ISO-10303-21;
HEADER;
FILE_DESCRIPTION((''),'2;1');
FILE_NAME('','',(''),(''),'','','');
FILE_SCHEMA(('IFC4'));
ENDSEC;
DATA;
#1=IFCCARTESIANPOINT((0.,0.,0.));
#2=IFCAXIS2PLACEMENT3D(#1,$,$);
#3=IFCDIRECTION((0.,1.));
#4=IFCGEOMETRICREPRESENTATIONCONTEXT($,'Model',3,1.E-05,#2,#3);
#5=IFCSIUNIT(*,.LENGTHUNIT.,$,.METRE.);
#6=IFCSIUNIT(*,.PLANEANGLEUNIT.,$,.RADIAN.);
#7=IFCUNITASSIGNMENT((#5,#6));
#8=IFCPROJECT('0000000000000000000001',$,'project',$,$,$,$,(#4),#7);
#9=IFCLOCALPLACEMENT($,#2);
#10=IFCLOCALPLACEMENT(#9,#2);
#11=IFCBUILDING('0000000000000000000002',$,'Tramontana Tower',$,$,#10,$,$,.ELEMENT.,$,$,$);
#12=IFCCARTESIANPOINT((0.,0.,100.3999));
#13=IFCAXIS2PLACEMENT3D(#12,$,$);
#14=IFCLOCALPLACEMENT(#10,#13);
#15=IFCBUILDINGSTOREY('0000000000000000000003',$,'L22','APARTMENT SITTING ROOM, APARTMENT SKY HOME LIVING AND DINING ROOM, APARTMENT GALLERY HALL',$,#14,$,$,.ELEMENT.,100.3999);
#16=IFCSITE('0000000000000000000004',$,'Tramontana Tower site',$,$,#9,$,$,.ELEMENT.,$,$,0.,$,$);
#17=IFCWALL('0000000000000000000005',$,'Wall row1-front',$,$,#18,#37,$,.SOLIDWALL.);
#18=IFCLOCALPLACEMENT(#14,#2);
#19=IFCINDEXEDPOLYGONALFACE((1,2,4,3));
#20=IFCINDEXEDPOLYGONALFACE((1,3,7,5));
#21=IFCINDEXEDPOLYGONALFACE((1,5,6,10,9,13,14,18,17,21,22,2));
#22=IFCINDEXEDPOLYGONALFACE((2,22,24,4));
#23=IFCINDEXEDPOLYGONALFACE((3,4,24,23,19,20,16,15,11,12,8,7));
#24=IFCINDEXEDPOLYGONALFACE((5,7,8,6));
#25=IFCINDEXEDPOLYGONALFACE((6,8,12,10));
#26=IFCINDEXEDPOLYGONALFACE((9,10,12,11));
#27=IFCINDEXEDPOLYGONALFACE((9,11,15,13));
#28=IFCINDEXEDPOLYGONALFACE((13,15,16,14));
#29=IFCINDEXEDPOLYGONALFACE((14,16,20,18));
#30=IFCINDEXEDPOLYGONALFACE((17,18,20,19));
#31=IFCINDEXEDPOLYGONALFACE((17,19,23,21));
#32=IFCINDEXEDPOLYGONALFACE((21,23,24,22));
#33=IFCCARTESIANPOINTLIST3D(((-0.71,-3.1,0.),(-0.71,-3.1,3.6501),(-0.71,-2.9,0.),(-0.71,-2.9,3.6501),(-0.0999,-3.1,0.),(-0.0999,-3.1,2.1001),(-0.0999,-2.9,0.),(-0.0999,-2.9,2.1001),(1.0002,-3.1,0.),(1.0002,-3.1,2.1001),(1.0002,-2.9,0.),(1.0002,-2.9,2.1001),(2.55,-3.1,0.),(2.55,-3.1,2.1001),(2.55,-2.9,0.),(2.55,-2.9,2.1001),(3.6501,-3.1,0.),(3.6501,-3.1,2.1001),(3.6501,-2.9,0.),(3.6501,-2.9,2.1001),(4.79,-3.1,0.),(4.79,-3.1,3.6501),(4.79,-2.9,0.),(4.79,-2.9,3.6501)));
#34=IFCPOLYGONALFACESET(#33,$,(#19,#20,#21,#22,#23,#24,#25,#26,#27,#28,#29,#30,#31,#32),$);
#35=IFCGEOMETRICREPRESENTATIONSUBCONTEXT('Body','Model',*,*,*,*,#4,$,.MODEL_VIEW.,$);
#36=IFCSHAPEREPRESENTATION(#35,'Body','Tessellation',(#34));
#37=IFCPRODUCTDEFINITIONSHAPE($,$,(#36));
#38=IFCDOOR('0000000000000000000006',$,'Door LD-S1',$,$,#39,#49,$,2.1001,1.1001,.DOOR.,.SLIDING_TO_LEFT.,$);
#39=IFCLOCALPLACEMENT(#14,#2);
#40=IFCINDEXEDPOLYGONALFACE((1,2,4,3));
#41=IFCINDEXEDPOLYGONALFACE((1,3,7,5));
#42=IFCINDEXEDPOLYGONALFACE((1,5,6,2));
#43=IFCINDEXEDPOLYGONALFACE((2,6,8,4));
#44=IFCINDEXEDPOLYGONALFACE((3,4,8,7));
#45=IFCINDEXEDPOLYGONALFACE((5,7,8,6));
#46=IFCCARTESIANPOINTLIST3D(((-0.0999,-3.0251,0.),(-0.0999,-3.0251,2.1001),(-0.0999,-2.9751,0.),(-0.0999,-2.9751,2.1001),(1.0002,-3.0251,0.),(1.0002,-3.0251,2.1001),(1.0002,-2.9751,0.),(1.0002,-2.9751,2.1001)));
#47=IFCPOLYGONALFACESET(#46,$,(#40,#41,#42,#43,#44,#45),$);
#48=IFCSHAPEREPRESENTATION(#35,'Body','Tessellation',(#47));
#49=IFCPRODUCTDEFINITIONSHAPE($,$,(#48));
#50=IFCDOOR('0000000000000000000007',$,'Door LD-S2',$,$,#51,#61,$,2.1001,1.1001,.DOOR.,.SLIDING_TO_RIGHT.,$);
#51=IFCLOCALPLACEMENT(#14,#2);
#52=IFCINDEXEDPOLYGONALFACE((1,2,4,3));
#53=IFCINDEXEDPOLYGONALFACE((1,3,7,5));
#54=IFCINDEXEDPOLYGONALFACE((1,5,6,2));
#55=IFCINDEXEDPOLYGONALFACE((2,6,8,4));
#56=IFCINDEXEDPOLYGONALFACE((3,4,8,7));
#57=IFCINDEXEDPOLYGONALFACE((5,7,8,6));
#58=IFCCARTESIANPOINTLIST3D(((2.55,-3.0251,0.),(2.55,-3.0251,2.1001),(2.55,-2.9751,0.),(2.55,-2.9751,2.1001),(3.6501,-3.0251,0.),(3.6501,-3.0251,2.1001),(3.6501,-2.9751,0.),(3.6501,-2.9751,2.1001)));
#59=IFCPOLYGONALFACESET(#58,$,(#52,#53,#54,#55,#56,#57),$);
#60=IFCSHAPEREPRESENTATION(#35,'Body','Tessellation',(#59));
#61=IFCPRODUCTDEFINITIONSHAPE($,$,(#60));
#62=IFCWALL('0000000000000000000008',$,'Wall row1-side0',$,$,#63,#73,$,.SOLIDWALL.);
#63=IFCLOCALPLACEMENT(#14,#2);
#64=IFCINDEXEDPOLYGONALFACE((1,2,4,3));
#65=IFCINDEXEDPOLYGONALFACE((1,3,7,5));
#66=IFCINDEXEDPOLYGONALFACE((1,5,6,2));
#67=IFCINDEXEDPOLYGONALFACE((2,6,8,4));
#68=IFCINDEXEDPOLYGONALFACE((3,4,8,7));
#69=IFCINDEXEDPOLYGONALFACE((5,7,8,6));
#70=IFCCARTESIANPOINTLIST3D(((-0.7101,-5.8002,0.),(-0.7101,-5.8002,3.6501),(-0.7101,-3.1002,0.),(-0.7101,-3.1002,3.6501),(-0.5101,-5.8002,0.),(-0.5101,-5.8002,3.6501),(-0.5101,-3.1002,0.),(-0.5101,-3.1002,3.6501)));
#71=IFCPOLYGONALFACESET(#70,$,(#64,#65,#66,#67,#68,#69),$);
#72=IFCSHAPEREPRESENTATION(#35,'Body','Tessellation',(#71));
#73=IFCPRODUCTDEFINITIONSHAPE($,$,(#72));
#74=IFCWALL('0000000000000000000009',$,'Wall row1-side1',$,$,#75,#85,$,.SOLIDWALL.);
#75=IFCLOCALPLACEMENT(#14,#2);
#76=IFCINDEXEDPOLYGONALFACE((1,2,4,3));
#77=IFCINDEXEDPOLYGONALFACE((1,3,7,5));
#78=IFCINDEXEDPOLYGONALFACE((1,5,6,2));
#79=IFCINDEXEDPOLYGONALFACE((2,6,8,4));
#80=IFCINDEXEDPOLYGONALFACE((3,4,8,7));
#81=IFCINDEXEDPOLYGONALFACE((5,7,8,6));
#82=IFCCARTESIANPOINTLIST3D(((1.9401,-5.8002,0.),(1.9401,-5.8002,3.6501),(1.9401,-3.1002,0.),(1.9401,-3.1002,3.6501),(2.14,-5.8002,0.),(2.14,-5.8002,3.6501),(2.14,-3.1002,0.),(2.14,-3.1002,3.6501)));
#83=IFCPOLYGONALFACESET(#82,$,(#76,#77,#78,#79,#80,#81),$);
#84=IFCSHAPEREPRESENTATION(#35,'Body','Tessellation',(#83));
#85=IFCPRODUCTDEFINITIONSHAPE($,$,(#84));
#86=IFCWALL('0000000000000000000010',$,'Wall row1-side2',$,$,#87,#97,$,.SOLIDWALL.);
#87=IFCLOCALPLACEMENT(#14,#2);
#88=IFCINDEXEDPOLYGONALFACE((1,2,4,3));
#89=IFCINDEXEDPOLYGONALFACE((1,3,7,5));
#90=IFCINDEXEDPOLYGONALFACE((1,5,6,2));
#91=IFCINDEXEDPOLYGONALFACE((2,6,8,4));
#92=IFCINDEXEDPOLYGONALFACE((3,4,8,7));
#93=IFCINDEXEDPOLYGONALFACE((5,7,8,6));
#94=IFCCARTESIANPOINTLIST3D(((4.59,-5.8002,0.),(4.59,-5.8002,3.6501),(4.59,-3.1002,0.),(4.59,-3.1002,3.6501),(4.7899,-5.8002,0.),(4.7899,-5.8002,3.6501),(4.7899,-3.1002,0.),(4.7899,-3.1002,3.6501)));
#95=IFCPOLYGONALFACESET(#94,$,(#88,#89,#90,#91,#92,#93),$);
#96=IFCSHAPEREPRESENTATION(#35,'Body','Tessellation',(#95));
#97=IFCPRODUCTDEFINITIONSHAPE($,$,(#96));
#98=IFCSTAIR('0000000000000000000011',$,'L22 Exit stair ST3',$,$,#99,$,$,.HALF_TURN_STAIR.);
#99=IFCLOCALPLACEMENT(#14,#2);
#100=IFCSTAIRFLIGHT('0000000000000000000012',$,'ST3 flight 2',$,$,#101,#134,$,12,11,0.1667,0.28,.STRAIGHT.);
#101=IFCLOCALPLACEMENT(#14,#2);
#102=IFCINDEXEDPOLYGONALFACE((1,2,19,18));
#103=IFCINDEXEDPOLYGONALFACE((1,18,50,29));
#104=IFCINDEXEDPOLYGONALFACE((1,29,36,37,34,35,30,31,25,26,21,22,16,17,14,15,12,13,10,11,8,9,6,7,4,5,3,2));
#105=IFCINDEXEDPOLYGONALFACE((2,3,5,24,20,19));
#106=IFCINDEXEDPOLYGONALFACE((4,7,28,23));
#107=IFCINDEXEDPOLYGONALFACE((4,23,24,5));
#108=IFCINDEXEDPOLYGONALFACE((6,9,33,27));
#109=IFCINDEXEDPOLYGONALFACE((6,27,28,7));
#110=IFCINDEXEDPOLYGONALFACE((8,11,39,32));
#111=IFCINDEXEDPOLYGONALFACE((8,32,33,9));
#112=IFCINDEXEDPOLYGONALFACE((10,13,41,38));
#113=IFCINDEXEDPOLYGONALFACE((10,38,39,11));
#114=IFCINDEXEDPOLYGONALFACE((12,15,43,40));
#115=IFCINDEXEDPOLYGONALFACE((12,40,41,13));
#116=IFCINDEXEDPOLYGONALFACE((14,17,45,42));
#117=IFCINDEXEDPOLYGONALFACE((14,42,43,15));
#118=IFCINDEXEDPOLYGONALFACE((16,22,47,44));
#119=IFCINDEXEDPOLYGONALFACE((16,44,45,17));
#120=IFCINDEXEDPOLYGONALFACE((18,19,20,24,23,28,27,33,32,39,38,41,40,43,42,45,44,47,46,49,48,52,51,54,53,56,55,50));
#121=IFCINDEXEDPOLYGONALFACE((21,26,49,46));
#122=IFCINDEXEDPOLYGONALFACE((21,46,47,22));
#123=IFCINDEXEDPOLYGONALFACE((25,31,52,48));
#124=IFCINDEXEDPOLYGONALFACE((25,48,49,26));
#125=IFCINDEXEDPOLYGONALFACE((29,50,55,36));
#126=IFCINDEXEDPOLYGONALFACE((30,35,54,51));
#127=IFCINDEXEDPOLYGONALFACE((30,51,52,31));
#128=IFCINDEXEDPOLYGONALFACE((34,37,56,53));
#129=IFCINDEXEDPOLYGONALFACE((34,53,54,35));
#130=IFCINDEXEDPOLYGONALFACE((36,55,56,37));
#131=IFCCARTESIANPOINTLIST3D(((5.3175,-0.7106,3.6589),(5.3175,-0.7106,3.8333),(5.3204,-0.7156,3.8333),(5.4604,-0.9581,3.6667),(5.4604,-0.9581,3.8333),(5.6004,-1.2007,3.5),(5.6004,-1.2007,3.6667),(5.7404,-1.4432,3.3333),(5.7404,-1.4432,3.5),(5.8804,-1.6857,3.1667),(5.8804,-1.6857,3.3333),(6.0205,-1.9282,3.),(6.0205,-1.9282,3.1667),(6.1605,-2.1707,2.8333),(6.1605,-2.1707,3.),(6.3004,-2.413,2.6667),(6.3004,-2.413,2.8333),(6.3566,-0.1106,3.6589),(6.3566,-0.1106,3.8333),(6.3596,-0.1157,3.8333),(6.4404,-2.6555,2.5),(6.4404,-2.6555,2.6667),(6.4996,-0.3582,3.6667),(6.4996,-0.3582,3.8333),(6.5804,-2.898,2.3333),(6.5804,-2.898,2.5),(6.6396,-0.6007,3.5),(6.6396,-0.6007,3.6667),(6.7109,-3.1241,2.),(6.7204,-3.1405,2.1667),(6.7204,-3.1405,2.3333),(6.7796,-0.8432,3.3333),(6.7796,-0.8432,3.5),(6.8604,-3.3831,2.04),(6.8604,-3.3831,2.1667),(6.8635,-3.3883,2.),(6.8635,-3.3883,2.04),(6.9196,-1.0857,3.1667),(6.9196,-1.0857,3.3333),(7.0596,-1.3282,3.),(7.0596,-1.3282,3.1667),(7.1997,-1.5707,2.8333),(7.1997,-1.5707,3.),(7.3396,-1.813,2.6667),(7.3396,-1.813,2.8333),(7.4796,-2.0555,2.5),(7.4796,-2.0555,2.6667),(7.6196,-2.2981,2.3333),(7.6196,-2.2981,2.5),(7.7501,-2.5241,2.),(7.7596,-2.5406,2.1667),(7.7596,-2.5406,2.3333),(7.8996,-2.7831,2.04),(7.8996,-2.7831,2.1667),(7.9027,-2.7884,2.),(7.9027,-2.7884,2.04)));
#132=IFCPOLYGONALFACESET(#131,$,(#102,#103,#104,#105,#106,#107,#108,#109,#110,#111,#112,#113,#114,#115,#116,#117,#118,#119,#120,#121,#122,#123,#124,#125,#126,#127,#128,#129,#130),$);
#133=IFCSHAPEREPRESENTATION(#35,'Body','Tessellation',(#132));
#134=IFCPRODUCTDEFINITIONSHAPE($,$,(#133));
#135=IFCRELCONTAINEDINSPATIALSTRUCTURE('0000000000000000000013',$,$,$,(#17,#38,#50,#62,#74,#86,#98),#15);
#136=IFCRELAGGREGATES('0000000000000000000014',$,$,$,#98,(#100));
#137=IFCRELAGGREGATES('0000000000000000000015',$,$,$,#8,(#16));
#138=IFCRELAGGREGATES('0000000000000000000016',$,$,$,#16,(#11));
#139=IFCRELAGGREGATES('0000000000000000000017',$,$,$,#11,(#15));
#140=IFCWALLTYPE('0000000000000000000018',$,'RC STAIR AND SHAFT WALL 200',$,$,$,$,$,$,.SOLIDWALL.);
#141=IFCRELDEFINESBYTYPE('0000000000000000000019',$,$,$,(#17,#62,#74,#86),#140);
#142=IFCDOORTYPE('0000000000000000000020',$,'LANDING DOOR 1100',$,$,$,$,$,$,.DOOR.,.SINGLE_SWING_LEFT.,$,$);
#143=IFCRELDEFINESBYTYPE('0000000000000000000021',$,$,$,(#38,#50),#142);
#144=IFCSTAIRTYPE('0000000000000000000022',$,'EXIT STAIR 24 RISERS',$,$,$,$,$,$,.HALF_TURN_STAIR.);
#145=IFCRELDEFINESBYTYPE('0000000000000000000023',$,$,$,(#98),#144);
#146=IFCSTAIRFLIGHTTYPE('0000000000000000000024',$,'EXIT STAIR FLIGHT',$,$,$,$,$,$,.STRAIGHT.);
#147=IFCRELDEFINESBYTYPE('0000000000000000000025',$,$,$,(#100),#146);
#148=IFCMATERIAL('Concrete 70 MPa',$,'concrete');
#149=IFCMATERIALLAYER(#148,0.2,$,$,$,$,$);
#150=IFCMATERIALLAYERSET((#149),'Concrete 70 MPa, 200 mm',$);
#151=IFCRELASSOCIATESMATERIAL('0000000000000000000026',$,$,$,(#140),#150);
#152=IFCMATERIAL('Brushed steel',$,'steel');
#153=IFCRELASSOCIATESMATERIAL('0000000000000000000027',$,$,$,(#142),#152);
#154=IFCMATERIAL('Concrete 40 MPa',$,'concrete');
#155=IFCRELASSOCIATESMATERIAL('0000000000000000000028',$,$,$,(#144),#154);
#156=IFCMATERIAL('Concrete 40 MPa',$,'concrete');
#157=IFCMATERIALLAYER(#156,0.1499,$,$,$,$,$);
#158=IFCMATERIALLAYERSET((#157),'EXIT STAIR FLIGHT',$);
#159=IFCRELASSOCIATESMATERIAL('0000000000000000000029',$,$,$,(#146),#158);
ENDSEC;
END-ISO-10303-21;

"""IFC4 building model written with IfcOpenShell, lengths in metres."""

from ifc_helpers import new_model, si_unit, direction, frame, frame_2d, origin, place, context, subcontext, project, spatial, polyline, rectangle, outline, extrude, material, layer, layer_set, type_object, element, fill, aggregate, save


model = new_model("IFC4")

# Units and contexts
model_context = context("Model", 3, precision=1e-05, world=origin(), true_north=direction((0.0, 1.0)))
body_context = subcontext(model_context, "Body", "Model", "MODEL_VIEW")
ifc_project = project(units=[si_unit("LENGTHUNIT", "METRE"), si_unit("PLANEANGLEUNIT", "RADIAN")], contexts=[model_context])

# Site, building, storey
site_placement = place(None, origin())
site = spatial("IfcSite", under=ifc_project, at=site_placement, Name="Tramontana Tower site", CompositionType="ELEMENT", RefElevation=0.0)
building_placement = place(site_placement, origin())
building = spatial("IfcBuilding", under=site, at=building_placement, Name="Tramontana Tower", CompositionType="ELEMENT")
storey_placement = place(building_placement, frame((0.0, 0.0, 100.3999)))
storey = spatial("IfcBuildingStorey", under=building, at=storey_placement, Name="L22", Description="APARTMENT SITTING ROOM, APARTMENT SKY HOME LIVING AND DINING ROOM, APARTMENT GALLERY HALL", CompositionType="ELEMENT", Elevation=100.3999)

# Shared definitions
ifc_material_1 = material(Name="Concrete 70 MPa", Category="concrete")
ifc_layer_1 = layer(ifc_material_1, 0.2)
ifc_layer_set_1 = layer_set([ifc_layer_1], Name="Concrete 70 MPa, 200 mm")
wall_type_1 = type_object("IfcWallType", Name="RC STAIR AND SHAFT WALL 200", PredefinedType="SOLIDWALL", material=ifc_layer_set_1)

# Wall, openings, doors
wall_1_placement = place(storey_placement, frame((-0.71, -3.0, 0.0), z_axis=(0.0, 0.0, 1.0), x_axis=(1.0, 0.0, 0.0)))
wall_1 = element("IfcWall", 1, at=wall_1_placement, inside=storey, type_object=wall_type_1, Name="Wall row1-front", PredefinedType="SOLIDWALL", context=body_context, shape_type="SweptSolid", body=[
    extrude(rectangle(XDim=5.5, YDim=0.2, at=frame_2d((2.75, 0.0))), origin(), (0.0, 0.0, 1.0), 3.6501),
])
opening_1_placement = place(wall_1_placement, frame((0.6101, 0.0, 0.0)))
opening_1 = element("IfcOpeningElement", 2, at=opening_1_placement, cuts=wall_1, PredefinedType="OPENING", context=body_context, shape_type="SweptSolid", body=[
    extrude(rectangle(XDim=1.1001, YDim=2.1001, at=frame_2d((0.55, 1.05))), frame((0.0, 0.1099, 0.0), z_axis=(0.0, -1.0, 0.0), x_axis=(1.0, 0.0, 0.0)), (0.0, 0.0, 1.0), 0.22),
])
opening_2_placement = place(wall_1_placement, frame((3.26, 0.0, 0.0)))
opening_2 = element("IfcOpeningElement", 3, at=opening_2_placement, cuts=wall_1, PredefinedType="OPENING", context=body_context, shape_type="SweptSolid", body=[
    extrude(rectangle(XDim=1.1001, YDim=2.1001, at=frame_2d((0.55, 1.05))), frame((0.0, 0.1099, 0.0), z_axis=(0.0, -1.0, 0.0), x_axis=(1.0, 0.0, 0.0)), (0.0, 0.0, 1.0), 0.22),
])
ifc_material_2 = material(Name="Brushed steel", Category="steel")
door_type_1 = type_object("IfcDoorType", Name="LANDING DOOR 1100", OperationType="SINGLE_SWING_LEFT", PredefinedType="DOOR", material=ifc_material_2)
door_1_placement = place(opening_1_placement, origin())
door_1 = element("IfcDoor", 4, at=door_1_placement, inside=storey, type_object=door_type_1, Name="Door LD-S1", OperationType="SLIDING_TO_LEFT", OverallHeight=2.1001, OverallWidth=1.1001, PredefinedType="DOOR", context=body_context, shape_type="SweptSolid", body=[
    extrude(rectangle(XDim=1.1001, YDim=2.1001, at=frame_2d((0.55, 1.05))), frame((0.0, 0.0249, 0.0), z_axis=(0.0, -1.0, 0.0), x_axis=(1.0, 0.0, 0.0)), (0.0, 0.0, 1.0), 0.05),
])
fill(opening_1, door_1)
door_2_placement = place(opening_2_placement, origin())
door_2 = element("IfcDoor", 5, at=door_2_placement, inside=storey, type_object=door_type_1, Name="Door LD-S2", OperationType="SLIDING_TO_RIGHT", OverallHeight=2.1001, OverallWidth=1.1001, PredefinedType="DOOR", context=body_context, shape_type="SweptSolid", body=[
    extrude(rectangle(XDim=1.1001, YDim=2.1001, at=frame_2d((0.55, 1.05))), frame((0.0, 0.0249, 0.0), z_axis=(0.0, -1.0, 0.0), x_axis=(1.0, 0.0, 0.0)), (0.0, 0.0, 1.0), 0.05),
])
fill(opening_2, door_2)

# Walls
for number, where, z_axis, x_axis, name in (
    (6, (-0.6101, -3.1001, 0.0), (0.0, 0.0, 1.0), (0.0, -1.0, 0.0), "Wall row1-side0"),
    (7, (2.04, -3.1001, 0.0), (0.0, 0.0, 1.0), (0.0, -1.0, 0.0), "Wall row1-side1"),
    (8, (4.6899, -3.1001, 0.0), (0.0, 0.0, 1.0), (0.0, -1.0, 0.0), "Wall row1-side2"),
):
    element("IfcWall", number, at=place(storey_placement, frame(where, z_axis=z_axis, x_axis=x_axis)), inside=storey, type_object=wall_type_1, Name=name, PredefinedType="SOLIDWALL", context=body_context, shape_type="SweptSolid", body=[
        extrude(rectangle(XDim=2.7, YDim=0.2, at=frame_2d((1.3501, 0.0))), origin(), (0.0, 0.0, 1.0), 3.6501),
    ])

# Stair, stair flight
ifc_material_3 = material(Name="Concrete 40 MPa", Category="concrete")
stair_type = type_object("IfcStairType", Name="EXIT STAIR 24 RISERS", PredefinedType="HALF_TURN_STAIR", material=ifc_material_3)
stair_placement = place(storey_placement, origin())
stair = element("IfcStair", 9, at=stair_placement, inside=storey, type_object=stair_type, Name="L22 Exit stair ST3", PredefinedType="HALF_TURN_STAIR")
ifc_material_4 = material(Name="Concrete 40 MPa", Category="concrete")
ifc_layer_2 = layer(ifc_material_4, 0.1499)
ifc_layer_set_2 = layer_set([ifc_layer_2], Name="EXIT STAIR FLIGHT")
stair_flight_type = type_object("IfcStairFlightType", Name="EXIT STAIR FLIGHT", PredefinedType="STRAIGHT", material=ifc_layer_set_2)
stair_flight_placement = place(storey_placement, frame((7.3801, -3.083, 2.0), z_axis=(0.0, 0.0, 1.0), x_axis=(-0.5, 0.866025, 0.0)))
stair_flight = element("IfcStairFlight", 10, at=stair_flight_placement, type_object=stair_flight_type, Name="ST3 flight 2", NumberOfRisers=12, NumberOfTreads=11, PredefinedType="STRAIGHT", RiserHeight=0.1667, TreadLength=0.28, context=body_context, shape_type="SweptSolid", body=[
    extrude(outline(polyline([(-0.0061, 0.0), (-0.0061, 0.04), (0.0, 0.04), (0.0, 0.1667), (0.28, 0.1667), (0.28, 0.3333), (0.5601, 0.3333), (0.5601, 0.5), (0.8401, 0.5), (0.8401, 0.6667), (1.1201, 0.6667), (1.1201, 0.8333), (1.3999, 0.8333), (1.3999, 1.0), (1.6799, 1.0), (1.6799, 1.1667), (1.96, 1.1667), (1.96, 1.3333), (2.24, 1.3333), (2.24, 1.5), (2.52, 1.5), (2.52, 1.6667), (2.8, 1.6667), (2.8, 1.8333), (3.0801, 1.8333), (3.0859, 1.8333), (3.0859, 1.6589), (0.2991, 0.0), (-0.0061, 0.0)])), frame((0.0, 0.6001, 0.0), z_axis=(0.0, -1.0, 0.0), x_axis=(1.0, 0.0, 0.0)), (0.0, 0.0, 1.0), 1.2),
])
aggregate(stair, [stair_flight])

save(model, "model.ifc")
